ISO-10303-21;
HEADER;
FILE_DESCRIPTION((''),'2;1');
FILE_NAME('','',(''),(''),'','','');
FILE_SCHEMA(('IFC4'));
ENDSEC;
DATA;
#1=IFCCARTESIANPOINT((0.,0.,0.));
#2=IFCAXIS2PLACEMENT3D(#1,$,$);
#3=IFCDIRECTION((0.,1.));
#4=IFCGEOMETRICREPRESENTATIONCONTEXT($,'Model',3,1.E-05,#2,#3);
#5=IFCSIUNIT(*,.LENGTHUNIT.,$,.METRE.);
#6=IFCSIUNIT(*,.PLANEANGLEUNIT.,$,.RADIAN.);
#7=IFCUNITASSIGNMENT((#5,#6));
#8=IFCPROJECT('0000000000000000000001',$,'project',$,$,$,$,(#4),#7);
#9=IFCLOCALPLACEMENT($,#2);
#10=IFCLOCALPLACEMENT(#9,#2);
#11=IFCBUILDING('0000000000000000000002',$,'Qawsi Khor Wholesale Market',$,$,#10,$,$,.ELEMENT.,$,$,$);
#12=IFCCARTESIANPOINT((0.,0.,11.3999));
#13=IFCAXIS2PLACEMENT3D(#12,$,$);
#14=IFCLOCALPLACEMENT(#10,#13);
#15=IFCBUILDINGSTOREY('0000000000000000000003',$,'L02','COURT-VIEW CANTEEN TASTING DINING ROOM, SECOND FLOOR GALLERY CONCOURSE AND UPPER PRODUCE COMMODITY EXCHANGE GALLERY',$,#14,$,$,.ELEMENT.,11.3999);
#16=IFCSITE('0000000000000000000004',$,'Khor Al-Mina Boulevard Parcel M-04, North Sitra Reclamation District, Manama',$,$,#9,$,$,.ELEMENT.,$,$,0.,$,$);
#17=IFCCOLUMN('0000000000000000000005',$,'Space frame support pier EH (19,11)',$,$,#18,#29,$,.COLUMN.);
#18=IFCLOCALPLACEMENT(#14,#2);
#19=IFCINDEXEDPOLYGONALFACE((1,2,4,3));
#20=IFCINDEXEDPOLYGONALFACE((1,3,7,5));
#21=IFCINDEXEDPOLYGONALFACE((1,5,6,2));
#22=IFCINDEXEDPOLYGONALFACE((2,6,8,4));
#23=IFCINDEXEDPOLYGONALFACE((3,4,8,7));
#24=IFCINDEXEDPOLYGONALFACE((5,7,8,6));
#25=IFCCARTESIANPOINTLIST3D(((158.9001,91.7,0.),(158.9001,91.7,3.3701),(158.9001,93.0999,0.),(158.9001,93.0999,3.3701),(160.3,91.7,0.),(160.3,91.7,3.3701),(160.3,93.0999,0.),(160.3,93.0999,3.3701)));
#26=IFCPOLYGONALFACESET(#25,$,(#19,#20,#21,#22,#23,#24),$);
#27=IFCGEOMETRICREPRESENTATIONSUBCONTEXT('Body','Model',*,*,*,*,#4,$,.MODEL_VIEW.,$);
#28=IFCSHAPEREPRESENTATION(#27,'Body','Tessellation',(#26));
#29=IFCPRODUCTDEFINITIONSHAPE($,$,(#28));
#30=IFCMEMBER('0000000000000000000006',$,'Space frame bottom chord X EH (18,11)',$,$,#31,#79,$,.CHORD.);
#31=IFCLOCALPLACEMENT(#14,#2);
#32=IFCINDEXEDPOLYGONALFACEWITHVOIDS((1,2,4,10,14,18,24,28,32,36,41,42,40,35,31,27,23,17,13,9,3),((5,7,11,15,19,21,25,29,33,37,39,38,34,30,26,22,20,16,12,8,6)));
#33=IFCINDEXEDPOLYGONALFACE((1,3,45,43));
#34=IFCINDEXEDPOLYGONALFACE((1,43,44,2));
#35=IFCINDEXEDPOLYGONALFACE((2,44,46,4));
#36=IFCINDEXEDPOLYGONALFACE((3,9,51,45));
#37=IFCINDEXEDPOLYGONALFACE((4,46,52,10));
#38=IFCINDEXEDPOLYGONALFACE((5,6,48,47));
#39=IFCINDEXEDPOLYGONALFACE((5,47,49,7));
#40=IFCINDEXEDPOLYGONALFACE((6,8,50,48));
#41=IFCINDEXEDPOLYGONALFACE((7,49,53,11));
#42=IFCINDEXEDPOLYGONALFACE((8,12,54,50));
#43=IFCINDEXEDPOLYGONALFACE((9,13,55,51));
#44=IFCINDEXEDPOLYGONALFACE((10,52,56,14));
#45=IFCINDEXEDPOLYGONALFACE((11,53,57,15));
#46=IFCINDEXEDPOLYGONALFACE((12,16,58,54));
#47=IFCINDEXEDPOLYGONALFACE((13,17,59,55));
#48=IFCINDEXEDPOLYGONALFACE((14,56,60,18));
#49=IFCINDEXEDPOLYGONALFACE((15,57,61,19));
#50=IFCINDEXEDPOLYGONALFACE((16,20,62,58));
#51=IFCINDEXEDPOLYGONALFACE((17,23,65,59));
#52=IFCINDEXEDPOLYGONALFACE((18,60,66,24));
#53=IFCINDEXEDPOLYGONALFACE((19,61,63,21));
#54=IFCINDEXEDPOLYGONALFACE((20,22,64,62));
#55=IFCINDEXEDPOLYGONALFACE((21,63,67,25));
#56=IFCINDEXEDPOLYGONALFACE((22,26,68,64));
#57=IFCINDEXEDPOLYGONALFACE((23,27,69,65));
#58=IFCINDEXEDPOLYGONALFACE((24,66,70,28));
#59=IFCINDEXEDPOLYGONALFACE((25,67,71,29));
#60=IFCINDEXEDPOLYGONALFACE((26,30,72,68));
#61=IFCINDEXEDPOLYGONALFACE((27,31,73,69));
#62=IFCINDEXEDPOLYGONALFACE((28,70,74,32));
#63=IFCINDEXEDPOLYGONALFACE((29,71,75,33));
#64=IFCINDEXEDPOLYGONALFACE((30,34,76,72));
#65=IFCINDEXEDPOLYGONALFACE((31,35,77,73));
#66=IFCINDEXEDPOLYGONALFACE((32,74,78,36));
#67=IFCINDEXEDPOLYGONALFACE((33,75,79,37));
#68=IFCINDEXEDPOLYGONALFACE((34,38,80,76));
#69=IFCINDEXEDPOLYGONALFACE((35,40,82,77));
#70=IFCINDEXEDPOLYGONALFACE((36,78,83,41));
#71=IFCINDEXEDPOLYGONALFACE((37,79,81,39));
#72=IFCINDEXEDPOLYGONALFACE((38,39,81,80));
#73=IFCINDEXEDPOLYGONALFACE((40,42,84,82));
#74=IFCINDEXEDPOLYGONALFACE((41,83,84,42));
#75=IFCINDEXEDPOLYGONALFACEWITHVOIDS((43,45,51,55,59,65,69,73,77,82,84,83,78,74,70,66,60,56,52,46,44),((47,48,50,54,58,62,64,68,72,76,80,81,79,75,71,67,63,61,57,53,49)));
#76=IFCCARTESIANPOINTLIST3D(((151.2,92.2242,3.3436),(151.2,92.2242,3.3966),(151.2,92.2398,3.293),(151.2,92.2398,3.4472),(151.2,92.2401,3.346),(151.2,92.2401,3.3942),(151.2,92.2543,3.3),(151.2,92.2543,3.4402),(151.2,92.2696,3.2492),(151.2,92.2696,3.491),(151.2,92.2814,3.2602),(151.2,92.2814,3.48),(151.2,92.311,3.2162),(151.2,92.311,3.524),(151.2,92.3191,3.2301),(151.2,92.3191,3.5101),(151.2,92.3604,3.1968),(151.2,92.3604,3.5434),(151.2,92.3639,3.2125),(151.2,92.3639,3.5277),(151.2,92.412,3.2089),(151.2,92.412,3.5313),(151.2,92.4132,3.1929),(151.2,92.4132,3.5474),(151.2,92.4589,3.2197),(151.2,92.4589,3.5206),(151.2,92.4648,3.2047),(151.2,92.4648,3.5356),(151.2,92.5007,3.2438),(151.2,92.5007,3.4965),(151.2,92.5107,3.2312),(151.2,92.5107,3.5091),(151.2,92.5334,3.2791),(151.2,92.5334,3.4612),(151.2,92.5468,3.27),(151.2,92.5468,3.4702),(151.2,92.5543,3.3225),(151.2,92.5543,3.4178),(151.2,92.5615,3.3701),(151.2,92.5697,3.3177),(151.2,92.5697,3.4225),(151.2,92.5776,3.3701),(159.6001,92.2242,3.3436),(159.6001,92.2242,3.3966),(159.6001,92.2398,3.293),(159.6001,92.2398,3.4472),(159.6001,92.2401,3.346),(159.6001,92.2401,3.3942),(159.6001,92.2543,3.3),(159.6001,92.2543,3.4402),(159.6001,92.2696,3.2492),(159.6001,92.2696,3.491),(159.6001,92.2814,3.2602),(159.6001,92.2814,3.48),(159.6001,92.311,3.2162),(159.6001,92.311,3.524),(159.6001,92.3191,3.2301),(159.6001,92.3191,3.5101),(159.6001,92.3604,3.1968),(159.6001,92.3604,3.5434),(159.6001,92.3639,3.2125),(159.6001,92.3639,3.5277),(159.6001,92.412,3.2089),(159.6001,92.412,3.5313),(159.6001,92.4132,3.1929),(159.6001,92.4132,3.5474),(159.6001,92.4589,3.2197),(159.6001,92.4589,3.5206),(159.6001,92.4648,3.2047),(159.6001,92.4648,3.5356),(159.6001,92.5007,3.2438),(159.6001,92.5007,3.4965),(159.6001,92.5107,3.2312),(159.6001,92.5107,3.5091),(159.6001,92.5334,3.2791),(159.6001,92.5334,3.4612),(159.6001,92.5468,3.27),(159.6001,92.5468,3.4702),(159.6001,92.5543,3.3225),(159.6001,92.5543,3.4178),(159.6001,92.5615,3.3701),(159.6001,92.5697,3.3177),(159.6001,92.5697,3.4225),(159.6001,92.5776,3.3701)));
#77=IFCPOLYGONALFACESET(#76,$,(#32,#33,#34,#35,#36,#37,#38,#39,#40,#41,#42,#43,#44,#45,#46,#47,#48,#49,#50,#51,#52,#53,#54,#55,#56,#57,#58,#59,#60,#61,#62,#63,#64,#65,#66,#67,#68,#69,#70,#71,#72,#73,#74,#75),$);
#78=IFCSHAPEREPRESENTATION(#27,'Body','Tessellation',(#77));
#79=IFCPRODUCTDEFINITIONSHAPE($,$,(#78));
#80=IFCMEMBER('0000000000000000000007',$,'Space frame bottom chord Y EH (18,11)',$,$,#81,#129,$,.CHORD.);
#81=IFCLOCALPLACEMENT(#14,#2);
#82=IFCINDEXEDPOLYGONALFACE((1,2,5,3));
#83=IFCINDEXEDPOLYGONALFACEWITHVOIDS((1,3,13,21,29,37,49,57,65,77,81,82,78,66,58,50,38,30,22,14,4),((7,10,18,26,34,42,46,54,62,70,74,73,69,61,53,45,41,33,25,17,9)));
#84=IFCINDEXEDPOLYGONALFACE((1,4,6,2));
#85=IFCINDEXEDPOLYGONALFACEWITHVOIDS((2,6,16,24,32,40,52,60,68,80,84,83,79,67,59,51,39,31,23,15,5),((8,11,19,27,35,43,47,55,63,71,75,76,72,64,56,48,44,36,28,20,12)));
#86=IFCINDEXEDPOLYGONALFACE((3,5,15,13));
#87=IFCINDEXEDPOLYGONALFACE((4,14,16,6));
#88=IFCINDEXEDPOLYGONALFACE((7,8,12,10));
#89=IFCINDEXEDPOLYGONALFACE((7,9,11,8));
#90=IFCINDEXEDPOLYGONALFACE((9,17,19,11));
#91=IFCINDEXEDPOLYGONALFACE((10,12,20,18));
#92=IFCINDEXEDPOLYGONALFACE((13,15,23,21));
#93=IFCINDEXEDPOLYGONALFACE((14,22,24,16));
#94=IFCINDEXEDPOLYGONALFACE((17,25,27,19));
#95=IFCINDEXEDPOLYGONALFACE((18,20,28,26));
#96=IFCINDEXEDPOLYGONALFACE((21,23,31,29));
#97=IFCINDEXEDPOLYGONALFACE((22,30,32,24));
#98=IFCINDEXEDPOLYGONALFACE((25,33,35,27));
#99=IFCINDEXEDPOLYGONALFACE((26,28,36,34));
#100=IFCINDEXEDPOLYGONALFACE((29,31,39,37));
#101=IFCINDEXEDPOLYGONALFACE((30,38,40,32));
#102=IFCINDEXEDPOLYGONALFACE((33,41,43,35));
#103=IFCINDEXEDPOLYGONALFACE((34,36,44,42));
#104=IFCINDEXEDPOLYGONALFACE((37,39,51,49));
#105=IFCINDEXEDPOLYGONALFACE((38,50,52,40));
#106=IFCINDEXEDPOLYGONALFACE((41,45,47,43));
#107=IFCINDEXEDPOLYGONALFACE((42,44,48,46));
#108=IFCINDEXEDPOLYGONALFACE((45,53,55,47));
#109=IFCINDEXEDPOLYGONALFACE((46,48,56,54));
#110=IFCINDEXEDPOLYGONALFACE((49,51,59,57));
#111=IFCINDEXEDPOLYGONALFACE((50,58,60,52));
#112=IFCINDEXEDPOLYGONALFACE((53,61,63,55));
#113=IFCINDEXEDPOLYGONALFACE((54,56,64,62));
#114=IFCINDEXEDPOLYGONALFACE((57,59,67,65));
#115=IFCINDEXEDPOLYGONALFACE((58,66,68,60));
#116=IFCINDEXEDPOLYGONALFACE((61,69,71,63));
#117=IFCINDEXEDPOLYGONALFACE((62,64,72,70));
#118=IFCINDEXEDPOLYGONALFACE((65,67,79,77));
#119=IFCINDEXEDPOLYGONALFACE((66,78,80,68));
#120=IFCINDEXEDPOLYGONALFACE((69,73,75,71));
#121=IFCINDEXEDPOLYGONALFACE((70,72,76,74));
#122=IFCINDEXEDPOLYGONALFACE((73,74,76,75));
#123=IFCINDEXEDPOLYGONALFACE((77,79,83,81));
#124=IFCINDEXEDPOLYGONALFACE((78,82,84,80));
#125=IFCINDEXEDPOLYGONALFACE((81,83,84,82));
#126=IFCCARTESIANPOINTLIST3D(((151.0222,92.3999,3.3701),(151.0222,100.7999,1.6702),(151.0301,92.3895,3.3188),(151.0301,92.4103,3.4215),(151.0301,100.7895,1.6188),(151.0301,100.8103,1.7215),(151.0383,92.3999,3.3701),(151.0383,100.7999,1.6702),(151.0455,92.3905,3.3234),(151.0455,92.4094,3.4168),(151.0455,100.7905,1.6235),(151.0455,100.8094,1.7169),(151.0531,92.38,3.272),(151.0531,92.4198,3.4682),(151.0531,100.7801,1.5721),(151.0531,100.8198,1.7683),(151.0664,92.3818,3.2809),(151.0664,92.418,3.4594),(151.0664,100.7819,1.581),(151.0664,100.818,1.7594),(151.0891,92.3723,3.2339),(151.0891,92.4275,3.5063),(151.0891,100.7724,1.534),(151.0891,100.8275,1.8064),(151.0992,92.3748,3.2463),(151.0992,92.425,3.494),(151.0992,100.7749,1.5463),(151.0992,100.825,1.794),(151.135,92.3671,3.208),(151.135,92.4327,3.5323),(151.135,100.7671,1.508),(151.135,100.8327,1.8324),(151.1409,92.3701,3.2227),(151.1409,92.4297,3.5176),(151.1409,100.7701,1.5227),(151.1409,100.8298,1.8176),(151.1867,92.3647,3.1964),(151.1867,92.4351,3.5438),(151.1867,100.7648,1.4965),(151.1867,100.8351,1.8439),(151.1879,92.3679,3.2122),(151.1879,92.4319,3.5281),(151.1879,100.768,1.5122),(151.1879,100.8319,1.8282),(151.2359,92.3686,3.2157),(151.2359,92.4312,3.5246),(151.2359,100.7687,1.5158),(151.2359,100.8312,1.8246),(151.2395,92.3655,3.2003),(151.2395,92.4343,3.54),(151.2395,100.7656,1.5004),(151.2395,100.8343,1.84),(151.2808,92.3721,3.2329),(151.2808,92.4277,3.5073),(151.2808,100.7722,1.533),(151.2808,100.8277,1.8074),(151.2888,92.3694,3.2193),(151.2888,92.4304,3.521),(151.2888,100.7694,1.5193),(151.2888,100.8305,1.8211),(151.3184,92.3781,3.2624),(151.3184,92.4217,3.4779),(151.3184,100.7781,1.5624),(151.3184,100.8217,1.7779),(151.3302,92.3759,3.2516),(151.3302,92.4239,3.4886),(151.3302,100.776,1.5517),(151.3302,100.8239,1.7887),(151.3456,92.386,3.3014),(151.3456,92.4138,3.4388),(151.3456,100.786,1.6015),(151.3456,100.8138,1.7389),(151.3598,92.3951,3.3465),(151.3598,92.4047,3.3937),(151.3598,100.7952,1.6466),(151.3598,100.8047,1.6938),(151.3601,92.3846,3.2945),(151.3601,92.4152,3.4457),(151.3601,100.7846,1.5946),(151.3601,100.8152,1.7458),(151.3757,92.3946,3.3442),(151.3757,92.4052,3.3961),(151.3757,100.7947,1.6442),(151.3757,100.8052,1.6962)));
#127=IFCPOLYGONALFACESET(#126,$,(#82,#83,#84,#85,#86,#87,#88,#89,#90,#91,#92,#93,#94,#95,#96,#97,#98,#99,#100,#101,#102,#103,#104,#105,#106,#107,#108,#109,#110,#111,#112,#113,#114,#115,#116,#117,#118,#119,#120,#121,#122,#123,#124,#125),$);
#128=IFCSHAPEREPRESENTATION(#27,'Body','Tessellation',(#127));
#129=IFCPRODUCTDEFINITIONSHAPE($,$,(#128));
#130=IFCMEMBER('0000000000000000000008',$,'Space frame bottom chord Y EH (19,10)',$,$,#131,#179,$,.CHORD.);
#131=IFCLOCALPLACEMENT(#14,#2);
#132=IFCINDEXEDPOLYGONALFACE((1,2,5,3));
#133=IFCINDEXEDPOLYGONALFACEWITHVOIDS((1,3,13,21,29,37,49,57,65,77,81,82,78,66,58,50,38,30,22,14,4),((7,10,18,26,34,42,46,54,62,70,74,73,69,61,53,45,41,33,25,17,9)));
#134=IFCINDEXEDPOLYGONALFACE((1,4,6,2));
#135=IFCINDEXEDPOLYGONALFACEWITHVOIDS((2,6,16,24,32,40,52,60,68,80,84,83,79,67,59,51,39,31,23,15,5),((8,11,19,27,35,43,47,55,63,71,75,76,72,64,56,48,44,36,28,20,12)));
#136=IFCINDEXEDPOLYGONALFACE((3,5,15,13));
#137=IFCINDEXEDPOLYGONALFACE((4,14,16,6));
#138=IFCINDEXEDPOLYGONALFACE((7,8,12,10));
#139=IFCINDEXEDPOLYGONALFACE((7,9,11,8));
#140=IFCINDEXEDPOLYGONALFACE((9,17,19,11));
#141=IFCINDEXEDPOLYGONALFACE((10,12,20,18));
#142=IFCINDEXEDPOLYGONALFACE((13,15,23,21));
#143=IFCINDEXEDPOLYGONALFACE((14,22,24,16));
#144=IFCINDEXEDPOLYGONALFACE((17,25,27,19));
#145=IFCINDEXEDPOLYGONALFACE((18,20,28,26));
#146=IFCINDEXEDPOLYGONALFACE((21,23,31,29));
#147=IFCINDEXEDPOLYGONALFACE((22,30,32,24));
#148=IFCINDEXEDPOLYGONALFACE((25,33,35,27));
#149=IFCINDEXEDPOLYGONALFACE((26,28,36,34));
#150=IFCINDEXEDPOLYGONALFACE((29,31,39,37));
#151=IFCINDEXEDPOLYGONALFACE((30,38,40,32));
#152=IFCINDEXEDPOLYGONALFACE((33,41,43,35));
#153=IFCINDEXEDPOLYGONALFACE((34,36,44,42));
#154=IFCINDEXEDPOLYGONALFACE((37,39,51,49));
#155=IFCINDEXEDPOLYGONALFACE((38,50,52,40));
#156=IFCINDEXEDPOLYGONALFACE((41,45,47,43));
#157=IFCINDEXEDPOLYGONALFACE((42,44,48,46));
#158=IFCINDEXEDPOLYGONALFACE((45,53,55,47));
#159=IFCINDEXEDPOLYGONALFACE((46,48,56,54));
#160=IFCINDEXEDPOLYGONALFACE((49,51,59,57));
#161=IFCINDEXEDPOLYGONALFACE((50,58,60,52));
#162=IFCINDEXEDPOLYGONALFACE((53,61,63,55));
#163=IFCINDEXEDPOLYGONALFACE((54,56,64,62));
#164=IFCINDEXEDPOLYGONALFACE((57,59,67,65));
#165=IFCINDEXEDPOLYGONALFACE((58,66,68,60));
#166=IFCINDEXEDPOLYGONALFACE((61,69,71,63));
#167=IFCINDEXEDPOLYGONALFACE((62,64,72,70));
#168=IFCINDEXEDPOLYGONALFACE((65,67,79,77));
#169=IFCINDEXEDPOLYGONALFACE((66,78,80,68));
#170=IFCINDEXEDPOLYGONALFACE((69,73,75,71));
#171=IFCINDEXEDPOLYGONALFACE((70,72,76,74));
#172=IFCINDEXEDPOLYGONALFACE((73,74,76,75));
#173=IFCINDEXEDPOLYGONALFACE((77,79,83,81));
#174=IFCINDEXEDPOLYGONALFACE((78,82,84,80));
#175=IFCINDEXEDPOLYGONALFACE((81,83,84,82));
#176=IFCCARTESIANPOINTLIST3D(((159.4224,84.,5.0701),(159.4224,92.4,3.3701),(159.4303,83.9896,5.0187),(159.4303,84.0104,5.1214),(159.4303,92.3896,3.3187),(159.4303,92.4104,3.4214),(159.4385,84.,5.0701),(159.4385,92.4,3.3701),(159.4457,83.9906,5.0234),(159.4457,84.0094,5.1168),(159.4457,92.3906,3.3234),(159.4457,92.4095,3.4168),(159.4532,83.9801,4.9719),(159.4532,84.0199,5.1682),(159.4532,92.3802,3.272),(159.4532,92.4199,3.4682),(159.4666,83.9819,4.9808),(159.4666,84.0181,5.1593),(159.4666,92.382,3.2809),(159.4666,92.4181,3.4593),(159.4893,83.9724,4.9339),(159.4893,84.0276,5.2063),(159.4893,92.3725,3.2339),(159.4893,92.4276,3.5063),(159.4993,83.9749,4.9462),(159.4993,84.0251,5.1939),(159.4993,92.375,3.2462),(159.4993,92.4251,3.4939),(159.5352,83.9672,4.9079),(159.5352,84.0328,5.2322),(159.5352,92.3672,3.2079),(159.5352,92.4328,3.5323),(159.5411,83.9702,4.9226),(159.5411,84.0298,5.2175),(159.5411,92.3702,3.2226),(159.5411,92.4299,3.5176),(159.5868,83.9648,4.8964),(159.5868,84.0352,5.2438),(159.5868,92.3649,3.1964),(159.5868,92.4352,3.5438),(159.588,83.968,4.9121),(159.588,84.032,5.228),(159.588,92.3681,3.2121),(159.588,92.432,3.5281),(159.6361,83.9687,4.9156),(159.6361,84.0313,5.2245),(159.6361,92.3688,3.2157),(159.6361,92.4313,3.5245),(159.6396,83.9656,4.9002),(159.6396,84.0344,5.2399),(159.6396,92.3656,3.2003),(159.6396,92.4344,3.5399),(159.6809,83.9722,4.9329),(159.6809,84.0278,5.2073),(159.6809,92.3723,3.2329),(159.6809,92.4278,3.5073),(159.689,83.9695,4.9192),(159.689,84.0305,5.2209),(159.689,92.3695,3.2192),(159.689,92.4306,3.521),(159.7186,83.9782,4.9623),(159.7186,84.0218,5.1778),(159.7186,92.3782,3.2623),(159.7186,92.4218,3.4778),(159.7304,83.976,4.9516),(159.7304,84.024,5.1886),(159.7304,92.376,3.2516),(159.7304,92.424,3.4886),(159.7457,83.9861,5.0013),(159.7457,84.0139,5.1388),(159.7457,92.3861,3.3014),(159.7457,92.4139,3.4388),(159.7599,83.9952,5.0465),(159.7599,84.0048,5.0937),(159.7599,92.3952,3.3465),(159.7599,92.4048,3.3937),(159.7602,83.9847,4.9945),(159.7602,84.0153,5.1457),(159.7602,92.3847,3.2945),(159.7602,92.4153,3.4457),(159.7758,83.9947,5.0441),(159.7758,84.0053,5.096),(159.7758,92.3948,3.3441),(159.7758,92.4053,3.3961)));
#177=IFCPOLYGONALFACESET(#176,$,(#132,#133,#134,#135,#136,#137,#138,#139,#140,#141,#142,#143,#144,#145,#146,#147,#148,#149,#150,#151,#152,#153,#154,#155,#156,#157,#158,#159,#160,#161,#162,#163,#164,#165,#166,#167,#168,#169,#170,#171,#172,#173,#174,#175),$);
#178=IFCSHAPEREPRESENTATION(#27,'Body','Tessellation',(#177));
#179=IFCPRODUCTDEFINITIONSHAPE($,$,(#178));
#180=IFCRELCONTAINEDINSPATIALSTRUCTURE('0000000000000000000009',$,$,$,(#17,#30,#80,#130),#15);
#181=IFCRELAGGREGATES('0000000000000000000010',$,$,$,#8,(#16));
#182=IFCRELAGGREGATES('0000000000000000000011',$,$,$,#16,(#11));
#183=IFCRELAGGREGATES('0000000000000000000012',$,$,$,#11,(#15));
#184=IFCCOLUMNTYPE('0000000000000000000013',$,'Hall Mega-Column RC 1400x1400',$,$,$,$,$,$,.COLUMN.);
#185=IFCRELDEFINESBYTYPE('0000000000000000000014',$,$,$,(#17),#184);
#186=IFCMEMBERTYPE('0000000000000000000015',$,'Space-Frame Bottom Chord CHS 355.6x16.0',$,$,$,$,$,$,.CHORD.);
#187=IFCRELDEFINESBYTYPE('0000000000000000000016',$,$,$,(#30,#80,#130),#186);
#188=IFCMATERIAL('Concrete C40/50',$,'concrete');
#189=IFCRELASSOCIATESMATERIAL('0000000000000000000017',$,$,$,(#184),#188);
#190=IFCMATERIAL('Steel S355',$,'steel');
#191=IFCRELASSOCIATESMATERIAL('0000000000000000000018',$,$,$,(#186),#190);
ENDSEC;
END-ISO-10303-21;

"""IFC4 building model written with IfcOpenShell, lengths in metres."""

from ifc_helpers import new_model, si_unit, direction, frame, origin, origin_2d, place, context, subcontext, project, spatial, rectangle, hollow_circle, extrude, material, material_profile, profile_set, type_object, element, save


model = new_model("IFC4")

# Units and contexts
model_context = context("Model", 3, precision=1e-05, world=origin(), true_north=direction((0.0, 1.0)))
body_context = subcontext(model_context, "Body", "Model", "MODEL_VIEW")
ifc_project = project(units=[si_unit("LENGTHUNIT", "METRE"), si_unit("PLANEANGLEUNIT", "RADIAN")], contexts=[model_context])

# Site, building, storey
site_placement = place(None, origin())
site = spatial("IfcSite", under=ifc_project, at=site_placement, Name="Khor Al-Mina Boulevard Parcel M-04, North Sitra Reclamation District, Manama", CompositionType="ELEMENT", RefElevation=0.0)
building_placement = place(site_placement, origin())
building = spatial("IfcBuilding", under=site, at=building_placement, Name="Qawsi Khor Wholesale Market", CompositionType="ELEMENT")
storey_placement = place(building_placement, frame((0.0, 0.0, 11.3999)))
storey = spatial("IfcBuildingStorey", under=building, at=storey_placement, Name="L02", Description="COURT-VIEW CANTEEN TASTING DINING ROOM, SECOND FLOOR GALLERY CONCOURSE AND UPPER PRODUCE COMMODITY EXCHANGE GALLERY", CompositionType="ELEMENT", Elevation=11.3999)

# Column
ifc_material_1 = material(Name="Concrete C40/50", Category="concrete")
ifc_material_profile_1 = material_profile(ifc_material_1, rectangle(XDim=1.3999, YDim=1.3999, at=origin_2d()), Name="RC 1400x1400")
ifc_profile_set_1 = profile_set([ifc_material_profile_1], Name="Concrete C40/50")
column_type = type_object("IfcColumnType", Name="Hall Mega-Column RC 1400x1400", PredefinedType="COLUMN", material=ifc_profile_set_1)
column_placement = place(storey_placement, frame((159.6001, 92.3999, 0.0), z_axis=(0.0, 0.0, 1.0), x_axis=(1.0, 0.0, 0.0)))
element("IfcColumn", 1, at=column_placement, inside=storey, type_object=column_type, Name="Space frame support pier EH (19,11)", PredefinedType="COLUMN", context=body_context, shape_type="SweptSolid", body=[
    extrude(rectangle(XDim=1.3999, YDim=1.3999, at=origin_2d()), origin(), (0.0, 0.0, 1.0), 3.3701),
])

# Members
ifc_material_2 = material(Name="Steel S355", Category="steel")
ifc_material_profile_2 = material_profile(ifc_material_2, hollow_circle(Radius=0.1777, WallThickness=0.0161, at=origin_2d()), Name="CHS 355.6x16.0")
ifc_profile_set_2 = profile_set([ifc_material_profile_2], Name="Steel S355")
member_type_1 = type_object("IfcMemberType", Name="Space-Frame Bottom Chord CHS 355.6x16.0", PredefinedType="CHORD", material=ifc_profile_set_2)
member_1_placement = place(storey_placement, frame((151.2, 92.3999, 3.3701), z_axis=(1.0, 0.0, 0.0), x_axis=(0.0, 1.0, 0.0)))
element("IfcMember", 2, at=member_1_placement, inside=storey, type_object=member_type_1, Name="Space frame bottom chord X EH (18,11)", PredefinedType="CHORD", context=body_context, shape_type="SweptSolid", body=[
    extrude(hollow_circle(Radius=0.1777, WallThickness=0.0161, at=origin_2d()), origin(), (0.0, 0.0, 1.0), 8.4001),
])
for number, where, z_axis, x_axis, name in (
    (3, (151.2, 92.3999, 3.3701), (0.0, 0.980131, -0.198351), (-1.0, 0.0, 0.0), "Space frame bottom chord Y EH (18,11)"),
    (4, (159.6001, 84.0, 5.0701), (0.0, 0.98013, -0.198356), (-1.0, 0.0, 0.0), "Space frame bottom chord Y EH (19,10)"),
):
    element("IfcMember", number, at=place(storey_placement, frame(where, z_axis=z_axis, x_axis=x_axis)), inside=storey, type_object=member_type_1, Name=name, PredefinedType="CHORD", context=body_context, shape_type="SweptSolid", body=[
        extrude(hollow_circle(Radius=0.1777, WallThickness=0.0161, at=origin_2d()), origin(), (0.0, 0.0, 1.0), 8.5703),
    ])

save(model, "model.ifc")
